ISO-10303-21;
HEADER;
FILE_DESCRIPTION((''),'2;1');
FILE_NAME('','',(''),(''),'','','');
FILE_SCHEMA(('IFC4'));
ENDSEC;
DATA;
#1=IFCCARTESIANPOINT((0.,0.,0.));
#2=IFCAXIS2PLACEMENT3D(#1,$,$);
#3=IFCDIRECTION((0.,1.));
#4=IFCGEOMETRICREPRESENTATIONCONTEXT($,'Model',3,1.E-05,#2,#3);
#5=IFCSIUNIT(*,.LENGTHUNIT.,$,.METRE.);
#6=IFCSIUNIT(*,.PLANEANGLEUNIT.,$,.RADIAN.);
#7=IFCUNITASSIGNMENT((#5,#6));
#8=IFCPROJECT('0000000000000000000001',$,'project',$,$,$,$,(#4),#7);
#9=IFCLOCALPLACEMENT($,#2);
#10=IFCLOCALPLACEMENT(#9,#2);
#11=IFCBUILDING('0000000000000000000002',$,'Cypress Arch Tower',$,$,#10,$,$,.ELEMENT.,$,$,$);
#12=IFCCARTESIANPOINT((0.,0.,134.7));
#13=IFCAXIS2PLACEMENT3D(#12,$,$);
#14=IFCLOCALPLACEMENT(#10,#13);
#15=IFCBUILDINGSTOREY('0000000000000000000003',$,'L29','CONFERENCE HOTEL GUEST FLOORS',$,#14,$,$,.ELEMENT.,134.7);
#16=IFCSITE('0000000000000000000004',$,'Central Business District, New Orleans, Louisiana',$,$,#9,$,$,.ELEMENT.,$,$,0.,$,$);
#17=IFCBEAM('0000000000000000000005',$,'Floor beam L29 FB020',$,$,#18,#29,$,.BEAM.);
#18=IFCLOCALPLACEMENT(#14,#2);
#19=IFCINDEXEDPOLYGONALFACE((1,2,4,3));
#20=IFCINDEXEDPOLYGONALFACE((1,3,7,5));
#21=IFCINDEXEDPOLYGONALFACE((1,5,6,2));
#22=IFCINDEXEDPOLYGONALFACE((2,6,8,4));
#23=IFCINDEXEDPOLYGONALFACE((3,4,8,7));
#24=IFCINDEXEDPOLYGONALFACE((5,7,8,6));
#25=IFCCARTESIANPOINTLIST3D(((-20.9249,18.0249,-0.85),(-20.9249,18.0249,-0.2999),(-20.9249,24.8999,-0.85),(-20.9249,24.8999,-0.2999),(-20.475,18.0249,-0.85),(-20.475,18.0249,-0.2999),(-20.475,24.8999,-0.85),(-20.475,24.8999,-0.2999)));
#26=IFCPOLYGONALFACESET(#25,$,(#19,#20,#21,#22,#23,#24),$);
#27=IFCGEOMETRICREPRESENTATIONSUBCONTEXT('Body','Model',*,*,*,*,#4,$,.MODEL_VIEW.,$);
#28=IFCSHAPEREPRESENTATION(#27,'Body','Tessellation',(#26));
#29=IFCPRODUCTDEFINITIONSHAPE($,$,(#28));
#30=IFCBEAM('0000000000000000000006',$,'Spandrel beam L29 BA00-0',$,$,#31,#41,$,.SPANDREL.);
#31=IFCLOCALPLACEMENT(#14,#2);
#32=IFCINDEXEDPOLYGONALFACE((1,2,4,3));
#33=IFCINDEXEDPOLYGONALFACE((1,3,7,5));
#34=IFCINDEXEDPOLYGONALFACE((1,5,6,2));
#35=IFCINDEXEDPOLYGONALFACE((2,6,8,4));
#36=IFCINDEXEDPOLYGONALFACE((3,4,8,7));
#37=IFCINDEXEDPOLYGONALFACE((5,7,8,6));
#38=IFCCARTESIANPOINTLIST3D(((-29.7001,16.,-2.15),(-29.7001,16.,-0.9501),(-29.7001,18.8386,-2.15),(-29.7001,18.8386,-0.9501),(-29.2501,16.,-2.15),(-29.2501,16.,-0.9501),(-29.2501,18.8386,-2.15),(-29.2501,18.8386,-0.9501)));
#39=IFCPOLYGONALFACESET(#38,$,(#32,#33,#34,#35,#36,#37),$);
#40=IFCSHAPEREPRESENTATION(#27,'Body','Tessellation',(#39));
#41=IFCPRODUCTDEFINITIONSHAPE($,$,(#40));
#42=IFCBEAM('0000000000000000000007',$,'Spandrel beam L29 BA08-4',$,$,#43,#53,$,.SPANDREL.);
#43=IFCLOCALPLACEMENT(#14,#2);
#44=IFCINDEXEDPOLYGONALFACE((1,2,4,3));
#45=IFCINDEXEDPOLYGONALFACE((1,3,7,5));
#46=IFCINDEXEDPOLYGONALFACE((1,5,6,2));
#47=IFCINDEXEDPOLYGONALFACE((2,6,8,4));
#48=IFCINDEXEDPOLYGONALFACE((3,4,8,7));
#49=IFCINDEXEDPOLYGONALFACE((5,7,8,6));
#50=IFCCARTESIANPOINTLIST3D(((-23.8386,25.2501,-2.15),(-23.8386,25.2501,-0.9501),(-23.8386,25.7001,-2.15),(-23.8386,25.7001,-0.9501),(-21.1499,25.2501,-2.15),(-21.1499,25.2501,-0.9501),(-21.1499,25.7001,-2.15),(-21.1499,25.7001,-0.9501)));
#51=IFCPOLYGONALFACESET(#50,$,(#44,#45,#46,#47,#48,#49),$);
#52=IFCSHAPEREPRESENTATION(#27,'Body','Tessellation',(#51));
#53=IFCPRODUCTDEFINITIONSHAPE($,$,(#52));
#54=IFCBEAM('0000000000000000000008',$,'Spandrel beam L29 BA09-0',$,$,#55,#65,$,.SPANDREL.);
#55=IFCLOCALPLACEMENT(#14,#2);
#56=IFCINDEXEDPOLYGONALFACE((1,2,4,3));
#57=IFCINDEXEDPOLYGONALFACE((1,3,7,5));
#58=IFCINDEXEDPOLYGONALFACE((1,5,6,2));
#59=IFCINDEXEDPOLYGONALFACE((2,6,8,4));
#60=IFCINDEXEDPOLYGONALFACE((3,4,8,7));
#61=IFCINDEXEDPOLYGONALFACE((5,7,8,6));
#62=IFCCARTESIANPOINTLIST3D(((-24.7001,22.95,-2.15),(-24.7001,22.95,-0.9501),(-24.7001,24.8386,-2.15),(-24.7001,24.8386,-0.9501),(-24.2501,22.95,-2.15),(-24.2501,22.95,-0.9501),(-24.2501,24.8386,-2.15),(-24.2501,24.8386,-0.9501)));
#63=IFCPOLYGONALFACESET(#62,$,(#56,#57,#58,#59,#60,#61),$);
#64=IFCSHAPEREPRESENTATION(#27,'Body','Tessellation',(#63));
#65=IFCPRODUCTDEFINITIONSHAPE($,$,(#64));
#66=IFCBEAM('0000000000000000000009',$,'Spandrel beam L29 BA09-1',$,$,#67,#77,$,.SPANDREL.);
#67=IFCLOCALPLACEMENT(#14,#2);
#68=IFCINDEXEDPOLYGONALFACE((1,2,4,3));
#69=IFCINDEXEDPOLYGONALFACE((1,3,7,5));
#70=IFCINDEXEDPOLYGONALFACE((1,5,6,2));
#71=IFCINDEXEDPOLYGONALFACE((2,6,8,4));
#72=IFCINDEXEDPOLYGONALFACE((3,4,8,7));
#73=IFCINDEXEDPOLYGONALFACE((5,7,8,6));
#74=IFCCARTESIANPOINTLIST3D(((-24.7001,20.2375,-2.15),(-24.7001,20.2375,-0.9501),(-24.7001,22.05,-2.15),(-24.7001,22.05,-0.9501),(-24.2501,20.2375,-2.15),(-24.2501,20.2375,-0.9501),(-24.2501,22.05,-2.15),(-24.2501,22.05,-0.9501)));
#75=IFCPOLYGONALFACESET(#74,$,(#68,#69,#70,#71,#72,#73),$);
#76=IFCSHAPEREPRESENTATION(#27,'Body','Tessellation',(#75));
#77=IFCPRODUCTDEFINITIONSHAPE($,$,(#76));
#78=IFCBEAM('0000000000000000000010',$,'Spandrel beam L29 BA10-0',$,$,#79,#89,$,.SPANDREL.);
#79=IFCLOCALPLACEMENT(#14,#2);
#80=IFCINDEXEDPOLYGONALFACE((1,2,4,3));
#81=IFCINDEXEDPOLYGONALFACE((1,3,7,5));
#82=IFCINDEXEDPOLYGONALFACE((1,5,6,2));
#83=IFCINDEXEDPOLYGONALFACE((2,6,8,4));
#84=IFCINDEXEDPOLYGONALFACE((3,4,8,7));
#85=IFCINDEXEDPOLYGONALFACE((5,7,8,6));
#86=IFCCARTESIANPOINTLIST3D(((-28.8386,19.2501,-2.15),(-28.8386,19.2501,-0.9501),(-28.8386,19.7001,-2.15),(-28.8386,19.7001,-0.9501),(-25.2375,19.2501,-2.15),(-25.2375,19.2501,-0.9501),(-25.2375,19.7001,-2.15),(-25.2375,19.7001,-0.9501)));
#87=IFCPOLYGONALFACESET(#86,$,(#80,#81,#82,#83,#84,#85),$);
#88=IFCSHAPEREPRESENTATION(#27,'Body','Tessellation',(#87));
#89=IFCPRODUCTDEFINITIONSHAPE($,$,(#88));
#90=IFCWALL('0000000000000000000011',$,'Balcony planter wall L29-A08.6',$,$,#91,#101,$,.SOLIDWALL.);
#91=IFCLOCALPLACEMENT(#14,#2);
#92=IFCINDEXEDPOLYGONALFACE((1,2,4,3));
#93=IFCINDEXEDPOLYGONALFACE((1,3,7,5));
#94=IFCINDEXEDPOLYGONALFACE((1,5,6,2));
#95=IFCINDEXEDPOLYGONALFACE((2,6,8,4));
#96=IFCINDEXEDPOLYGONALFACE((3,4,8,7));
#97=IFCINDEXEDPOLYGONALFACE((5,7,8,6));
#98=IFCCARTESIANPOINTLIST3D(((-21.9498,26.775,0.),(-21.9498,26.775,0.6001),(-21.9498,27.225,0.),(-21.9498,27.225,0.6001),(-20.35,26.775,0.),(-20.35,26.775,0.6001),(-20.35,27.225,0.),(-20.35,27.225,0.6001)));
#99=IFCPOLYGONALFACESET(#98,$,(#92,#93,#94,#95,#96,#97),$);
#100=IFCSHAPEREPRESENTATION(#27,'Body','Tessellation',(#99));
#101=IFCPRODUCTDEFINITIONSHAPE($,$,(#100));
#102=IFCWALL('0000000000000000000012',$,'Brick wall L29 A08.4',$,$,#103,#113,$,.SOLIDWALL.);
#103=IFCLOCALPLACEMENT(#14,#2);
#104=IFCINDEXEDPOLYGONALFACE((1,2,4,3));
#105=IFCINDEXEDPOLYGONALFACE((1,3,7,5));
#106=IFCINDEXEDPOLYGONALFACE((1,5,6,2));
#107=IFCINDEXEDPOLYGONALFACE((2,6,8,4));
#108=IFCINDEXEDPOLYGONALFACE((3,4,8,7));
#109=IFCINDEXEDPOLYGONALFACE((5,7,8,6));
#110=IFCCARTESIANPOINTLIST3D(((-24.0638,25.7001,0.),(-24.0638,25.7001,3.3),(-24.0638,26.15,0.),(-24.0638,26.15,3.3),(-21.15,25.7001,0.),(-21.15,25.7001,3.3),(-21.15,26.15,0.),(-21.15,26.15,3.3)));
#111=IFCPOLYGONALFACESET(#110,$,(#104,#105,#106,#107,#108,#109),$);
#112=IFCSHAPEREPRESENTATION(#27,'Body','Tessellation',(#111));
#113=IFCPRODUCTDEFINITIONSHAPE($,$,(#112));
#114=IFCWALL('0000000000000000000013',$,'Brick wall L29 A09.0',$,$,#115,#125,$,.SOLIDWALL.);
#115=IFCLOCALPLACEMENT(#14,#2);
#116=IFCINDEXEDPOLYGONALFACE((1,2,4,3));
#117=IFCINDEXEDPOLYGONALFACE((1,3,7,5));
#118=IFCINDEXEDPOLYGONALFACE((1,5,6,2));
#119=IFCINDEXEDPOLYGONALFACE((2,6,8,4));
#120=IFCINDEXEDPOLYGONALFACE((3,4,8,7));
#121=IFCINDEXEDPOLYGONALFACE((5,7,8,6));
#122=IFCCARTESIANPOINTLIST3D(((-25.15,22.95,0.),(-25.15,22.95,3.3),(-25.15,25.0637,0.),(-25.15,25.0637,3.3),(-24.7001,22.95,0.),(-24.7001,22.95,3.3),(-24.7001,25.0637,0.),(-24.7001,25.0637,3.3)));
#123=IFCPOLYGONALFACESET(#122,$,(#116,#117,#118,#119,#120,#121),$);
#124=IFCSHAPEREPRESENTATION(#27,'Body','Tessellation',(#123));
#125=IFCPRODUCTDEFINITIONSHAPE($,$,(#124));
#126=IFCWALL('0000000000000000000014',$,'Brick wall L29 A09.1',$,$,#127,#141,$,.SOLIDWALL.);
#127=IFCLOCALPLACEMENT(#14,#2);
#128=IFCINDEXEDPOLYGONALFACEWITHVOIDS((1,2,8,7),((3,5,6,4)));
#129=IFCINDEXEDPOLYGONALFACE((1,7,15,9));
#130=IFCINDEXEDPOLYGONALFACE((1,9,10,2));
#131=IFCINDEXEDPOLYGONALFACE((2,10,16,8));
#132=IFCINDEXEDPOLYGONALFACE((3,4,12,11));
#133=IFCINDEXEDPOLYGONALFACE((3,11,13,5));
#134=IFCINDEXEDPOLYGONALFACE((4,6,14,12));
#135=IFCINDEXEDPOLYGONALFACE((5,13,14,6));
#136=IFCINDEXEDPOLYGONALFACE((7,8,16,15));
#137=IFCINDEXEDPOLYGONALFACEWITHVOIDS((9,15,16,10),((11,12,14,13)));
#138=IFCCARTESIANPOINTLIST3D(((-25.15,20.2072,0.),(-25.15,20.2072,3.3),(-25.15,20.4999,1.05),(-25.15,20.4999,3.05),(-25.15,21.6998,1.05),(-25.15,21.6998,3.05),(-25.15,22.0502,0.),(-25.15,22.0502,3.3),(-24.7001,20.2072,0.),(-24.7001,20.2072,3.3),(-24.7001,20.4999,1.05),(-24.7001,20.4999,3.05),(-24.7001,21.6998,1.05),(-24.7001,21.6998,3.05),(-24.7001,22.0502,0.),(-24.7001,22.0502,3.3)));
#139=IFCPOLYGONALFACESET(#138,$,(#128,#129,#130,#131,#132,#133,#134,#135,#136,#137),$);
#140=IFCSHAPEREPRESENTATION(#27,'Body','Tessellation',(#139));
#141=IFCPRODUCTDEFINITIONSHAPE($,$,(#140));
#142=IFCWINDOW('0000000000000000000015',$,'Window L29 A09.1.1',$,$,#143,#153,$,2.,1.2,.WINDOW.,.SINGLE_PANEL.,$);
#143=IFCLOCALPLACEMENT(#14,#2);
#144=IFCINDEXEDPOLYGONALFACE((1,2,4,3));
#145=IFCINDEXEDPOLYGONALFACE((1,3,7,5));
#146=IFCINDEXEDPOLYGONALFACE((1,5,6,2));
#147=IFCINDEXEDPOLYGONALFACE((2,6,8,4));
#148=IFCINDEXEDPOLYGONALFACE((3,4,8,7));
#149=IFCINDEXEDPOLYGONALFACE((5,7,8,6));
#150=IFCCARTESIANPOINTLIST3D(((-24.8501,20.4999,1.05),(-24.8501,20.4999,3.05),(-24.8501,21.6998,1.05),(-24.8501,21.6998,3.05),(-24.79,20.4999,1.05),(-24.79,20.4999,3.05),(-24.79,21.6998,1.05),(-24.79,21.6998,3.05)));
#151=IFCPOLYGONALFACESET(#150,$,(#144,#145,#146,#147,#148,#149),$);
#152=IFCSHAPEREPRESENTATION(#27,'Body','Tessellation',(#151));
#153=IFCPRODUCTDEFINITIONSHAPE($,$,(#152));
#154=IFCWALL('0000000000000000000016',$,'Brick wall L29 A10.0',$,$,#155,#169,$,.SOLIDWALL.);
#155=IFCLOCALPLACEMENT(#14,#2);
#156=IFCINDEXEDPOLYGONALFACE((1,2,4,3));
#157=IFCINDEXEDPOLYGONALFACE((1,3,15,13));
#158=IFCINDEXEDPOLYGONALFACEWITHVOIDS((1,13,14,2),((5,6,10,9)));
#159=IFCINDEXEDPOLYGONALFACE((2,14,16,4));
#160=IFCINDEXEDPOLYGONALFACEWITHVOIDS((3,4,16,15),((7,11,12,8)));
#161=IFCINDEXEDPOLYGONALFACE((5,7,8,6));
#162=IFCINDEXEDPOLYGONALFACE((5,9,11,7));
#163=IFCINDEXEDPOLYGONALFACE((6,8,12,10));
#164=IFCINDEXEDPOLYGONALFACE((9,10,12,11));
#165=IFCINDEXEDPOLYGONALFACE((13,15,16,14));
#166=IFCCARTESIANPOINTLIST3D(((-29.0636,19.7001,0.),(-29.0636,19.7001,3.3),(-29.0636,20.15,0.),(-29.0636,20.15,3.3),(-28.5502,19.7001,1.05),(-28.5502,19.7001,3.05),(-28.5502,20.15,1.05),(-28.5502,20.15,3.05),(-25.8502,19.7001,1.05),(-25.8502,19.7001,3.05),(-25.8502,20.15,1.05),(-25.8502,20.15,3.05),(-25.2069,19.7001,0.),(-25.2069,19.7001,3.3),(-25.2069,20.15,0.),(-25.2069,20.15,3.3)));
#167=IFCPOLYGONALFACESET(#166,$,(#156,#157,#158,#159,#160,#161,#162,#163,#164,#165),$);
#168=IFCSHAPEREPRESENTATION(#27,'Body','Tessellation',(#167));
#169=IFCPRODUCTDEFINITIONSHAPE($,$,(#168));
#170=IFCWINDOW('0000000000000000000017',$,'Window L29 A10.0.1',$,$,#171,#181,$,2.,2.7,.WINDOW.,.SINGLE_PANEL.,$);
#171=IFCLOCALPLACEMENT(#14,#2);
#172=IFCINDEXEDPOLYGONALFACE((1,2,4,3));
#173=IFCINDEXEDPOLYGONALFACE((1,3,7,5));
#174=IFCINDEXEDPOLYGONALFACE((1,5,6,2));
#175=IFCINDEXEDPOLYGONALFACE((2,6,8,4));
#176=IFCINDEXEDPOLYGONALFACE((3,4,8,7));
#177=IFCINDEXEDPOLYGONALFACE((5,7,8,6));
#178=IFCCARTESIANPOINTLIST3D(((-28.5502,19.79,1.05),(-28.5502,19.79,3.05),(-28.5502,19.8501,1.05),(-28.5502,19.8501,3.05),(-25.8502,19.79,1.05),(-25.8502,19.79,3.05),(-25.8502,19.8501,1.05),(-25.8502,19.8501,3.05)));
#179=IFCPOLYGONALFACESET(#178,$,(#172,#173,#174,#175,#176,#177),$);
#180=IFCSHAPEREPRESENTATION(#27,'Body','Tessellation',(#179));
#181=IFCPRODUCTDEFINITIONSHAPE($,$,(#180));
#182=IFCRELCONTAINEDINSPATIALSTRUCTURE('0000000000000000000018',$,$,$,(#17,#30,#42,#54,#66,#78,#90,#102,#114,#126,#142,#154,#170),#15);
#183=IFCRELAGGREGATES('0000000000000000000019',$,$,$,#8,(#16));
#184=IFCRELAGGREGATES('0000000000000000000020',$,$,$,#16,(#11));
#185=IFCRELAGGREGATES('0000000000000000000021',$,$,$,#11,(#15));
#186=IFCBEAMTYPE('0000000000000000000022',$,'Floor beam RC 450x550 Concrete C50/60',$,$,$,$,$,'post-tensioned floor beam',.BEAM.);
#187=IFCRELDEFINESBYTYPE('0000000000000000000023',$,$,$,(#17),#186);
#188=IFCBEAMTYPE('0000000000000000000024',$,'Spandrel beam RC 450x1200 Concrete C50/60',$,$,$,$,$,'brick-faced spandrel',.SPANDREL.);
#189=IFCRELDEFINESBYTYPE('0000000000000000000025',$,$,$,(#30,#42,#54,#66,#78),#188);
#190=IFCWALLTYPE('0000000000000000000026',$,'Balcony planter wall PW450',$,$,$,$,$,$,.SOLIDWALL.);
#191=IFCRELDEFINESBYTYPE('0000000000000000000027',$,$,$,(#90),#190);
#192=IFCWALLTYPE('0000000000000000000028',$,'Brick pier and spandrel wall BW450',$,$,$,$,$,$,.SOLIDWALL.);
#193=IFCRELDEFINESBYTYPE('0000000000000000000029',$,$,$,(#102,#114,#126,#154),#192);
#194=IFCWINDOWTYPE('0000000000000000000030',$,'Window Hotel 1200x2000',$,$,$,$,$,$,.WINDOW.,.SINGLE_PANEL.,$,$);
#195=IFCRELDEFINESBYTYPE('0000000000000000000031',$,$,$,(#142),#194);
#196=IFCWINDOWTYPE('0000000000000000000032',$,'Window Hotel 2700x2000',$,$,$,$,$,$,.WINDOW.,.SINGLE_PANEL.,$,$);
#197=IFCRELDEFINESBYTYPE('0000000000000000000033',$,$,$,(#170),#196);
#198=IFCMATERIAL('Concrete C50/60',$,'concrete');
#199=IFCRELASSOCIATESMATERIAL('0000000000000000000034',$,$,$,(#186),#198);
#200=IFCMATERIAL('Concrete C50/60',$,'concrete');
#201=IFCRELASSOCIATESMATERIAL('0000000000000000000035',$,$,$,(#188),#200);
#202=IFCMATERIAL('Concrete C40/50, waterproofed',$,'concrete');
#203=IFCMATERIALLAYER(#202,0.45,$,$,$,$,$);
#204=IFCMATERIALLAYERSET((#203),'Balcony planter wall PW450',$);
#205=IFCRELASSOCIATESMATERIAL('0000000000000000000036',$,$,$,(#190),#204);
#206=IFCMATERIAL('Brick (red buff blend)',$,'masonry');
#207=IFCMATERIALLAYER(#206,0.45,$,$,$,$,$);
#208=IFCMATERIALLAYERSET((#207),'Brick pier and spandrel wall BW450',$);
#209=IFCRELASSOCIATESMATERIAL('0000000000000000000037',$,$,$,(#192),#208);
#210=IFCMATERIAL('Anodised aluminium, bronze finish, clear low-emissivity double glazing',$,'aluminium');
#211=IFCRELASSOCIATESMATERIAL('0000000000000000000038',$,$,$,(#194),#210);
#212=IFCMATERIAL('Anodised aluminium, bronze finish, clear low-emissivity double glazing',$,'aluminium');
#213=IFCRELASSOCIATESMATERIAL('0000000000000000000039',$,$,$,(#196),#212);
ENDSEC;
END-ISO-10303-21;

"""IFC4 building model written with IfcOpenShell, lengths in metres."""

from ifc_helpers import new_model, si_unit, direction, frame, frame_2d, origin, origin_2d, place, context, subcontext, project, spatial, rectangle, extrude, material, layer, layer_set, material_profile, profile_set, type_object, element, fill, save


model = new_model("IFC4")

# Units and contexts
model_context = context("Model", 3, precision=1e-05, world=origin(), true_north=direction((0.0, 1.0)))
body_context = subcontext(model_context, "Body", "Model", "MODEL_VIEW")
ifc_project = project(units=[si_unit("LENGTHUNIT", "METRE"), si_unit("PLANEANGLEUNIT", "RADIAN")], contexts=[model_context])

# Site, building, storey
site_placement = place(None, origin())
site = spatial("IfcSite", under=ifc_project, at=site_placement, Name="Central Business District, New Orleans, Louisiana", CompositionType="ELEMENT", RefElevation=0.0)
building_placement = place(site_placement, origin())
building = spatial("IfcBuilding", under=site, at=building_placement, Name="Cypress Arch Tower", CompositionType="ELEMENT")
storey_placement = place(building_placement, frame((0.0, 0.0, 134.7)))
storey = spatial("IfcBuildingStorey", under=building, at=storey_placement, Name="L29", Description="CONFERENCE HOTEL GUEST FLOORS", CompositionType="ELEMENT", Elevation=134.7)

# Beams
ifc_material_1 = material(Name="Concrete C50/60", Category="concrete")
ifc_material_profile_1 = material_profile(ifc_material_1, rectangle(XDim=0.45, YDim=0.55, at=origin_2d()), Name="RC 450x550")
ifc_profile_set_1 = profile_set([ifc_material_profile_1], Name="Concrete C50/60")
beam_type_1 = type_object("IfcBeamType", Name="Floor beam RC 450x550 Concrete C50/60", ElementType="post-tensioned floor beam", PredefinedType="BEAM", material=ifc_profile_set_1)
beam_1_placement = place(storey_placement, frame((-20.7, 18.0249, -0.575), z_axis=(0.0, 1.0, 0.0), x_axis=(-1.0, 0.0, 0.0)))
element("IfcBeam", 1, at=beam_1_placement, inside=storey, type_object=beam_type_1, Name="Floor beam L29 FB020", PredefinedType="BEAM", context=body_context, shape_type="SweptSolid", body=[
    extrude(rectangle(XDim=0.45, YDim=0.55, at=origin_2d()), origin(), (0.0, 0.0, 1.0), 6.875),
])
ifc_material_2 = material(Name="Concrete C50/60", Category="concrete")
ifc_material_profile_2 = material_profile(ifc_material_2, rectangle(XDim=0.45, YDim=1.2, at=origin_2d()), Name="RC 450x1200")
ifc_profile_set_2 = profile_set([ifc_material_profile_2], Name="Concrete C50/60")
beam_type_2 = type_object("IfcBeamType", Name="Spandrel beam RC 450x1200 Concrete C50/60", ElementType="brick-faced spandrel", PredefinedType="SPANDREL", material=ifc_profile_set_2)
beam_2_placement = place(storey_placement, frame((-29.4751, 18.8386, -1.55), z_axis=(0.0, -1.0, 0.0), x_axis=(1.0, 0.0, 0.0)))
element("IfcBeam", 2, at=beam_2_placement, inside=storey, type_object=beam_type_2, Name="Spandrel beam L29 BA00-0", PredefinedType="SPANDREL", context=body_context, shape_type="SweptSolid", body=[
    extrude(rectangle(XDim=0.45, YDim=1.2, at=origin_2d()), origin(), (0.0, 0.0, 1.0), 2.8386),
])
beam_3_placement = place(storey_placement, frame((-21.1499, 25.4751, -1.55), z_axis=(-1.0, 0.0, 0.0), x_axis=(0.0, -1.0, 0.0)))
element("IfcBeam", 3, at=beam_3_placement, inside=storey, type_object=beam_type_2, Name="Spandrel beam L29 BA08-4", PredefinedType="SPANDREL", context=body_context, shape_type="SweptSolid", body=[
    extrude(rectangle(XDim=0.45, YDim=1.2, at=origin_2d()), origin(), (0.0, 0.0, 1.0), 2.6887),
])
beam_4_placement = place(storey_placement, frame((-24.4751, 24.8386, -1.55), z_axis=(0.0, -1.0, 0.0), x_axis=(1.0, 0.0, 0.0)))
element("IfcBeam", 4, at=beam_4_placement, inside=storey, type_object=beam_type_2, Name="Spandrel beam L29 BA09-0", PredefinedType="SPANDREL", context=body_context, shape_type="SweptSolid", body=[
    extrude(rectangle(XDim=0.45, YDim=1.2, at=origin_2d()), origin(), (0.0, 0.0, 1.0), 1.8887),
])
beam_5_placement = place(storey_placement, frame((-24.4751, 22.05, -1.55), z_axis=(0.0, -1.0, 0.0), x_axis=(1.0, 0.0, 0.0)))
element("IfcBeam", 5, at=beam_5_placement, inside=storey, type_object=beam_type_2, Name="Spandrel beam L29 BA09-1", PredefinedType="SPANDREL", context=body_context, shape_type="SweptSolid", body=[
    extrude(rectangle(XDim=0.45, YDim=1.2, at=origin_2d()), origin(), (0.0, 0.0, 1.0), 1.8125),
])
beam_6_placement = place(storey_placement, frame((-25.2375, 19.4751, -1.55), z_axis=(-1.0, 0.0, 0.0), x_axis=(0.0, -1.0, 0.0)))
element("IfcBeam", 6, at=beam_6_placement, inside=storey, type_object=beam_type_2, Name="Spandrel beam L29 BA10-0", PredefinedType="SPANDREL", context=body_context, shape_type="SweptSolid", body=[
    extrude(rectangle(XDim=0.45, YDim=1.2, at=origin_2d()), origin(), (0.0, 0.0, 1.0), 3.6011),
])

# Wall
ifc_material_3 = material(Name="Concrete C40/50, waterproofed", Category="concrete")
ifc_layer_1 = layer(ifc_material_3, 0.45)
ifc_layer_set_1 = layer_set([ifc_layer_1], Name="Balcony planter wall PW450")
wall_type_1 = type_object("IfcWallType", Name="Balcony planter wall PW450", PredefinedType="SOLIDWALL", material=ifc_layer_set_1)
wall_1_placement = place(storey_placement, frame((-20.3501, 27.0, 0.0), z_axis=(0.0, 0.0, 1.0), x_axis=(-1.0, 0.0, 0.0)))
element("IfcWall", 7, at=wall_1_placement, inside=storey, type_object=wall_type_1, Name="Balcony planter wall L29-A08.6", PredefinedType="SOLIDWALL", context=body_context, shape_type="SweptSolid", body=[
    extrude(rectangle(XDim=1.5999, YDim=0.45, at=frame_2d((0.7998, 0.0))), origin(), (0.0, 0.0, 1.0), 0.6001),
])

# Shared definitions
ifc_material_4 = material(Name="Brick (red buff blend)", Category="masonry")
ifc_layer_2 = layer(ifc_material_4, 0.45)
ifc_layer_set_2 = layer_set([ifc_layer_2], Name="Brick pier and spandrel wall BW450")
wall_type_2 = type_object("IfcWallType", Name="Brick pier and spandrel wall BW450", PredefinedType="SOLIDWALL", material=ifc_layer_set_2)

# Walls
wall_2_placement = place(storey_placement, frame((-21.1499, 25.925, 0.0), z_axis=(0.0, 0.0, 1.0), x_axis=(-1.0, 0.0, 0.0)))
element("IfcWall", 8, at=wall_2_placement, inside=storey, type_object=wall_type_2, Name="Brick wall L29 A08.4", PredefinedType="SOLIDWALL", context=body_context, shape_type="SweptSolid", body=[
    extrude(rectangle(XDim=2.9138, YDim=0.45, at=frame_2d((1.457, 0.0))), origin(), (0.0, 0.0, 1.0), 3.3),
])
wall_3_placement = place(storey_placement, frame((-24.925, 25.0637, 0.0), z_axis=(0.0, 0.0, 1.0), x_axis=(0.0, -1.0, 0.0)))
element("IfcWall", 9, at=wall_3_placement, inside=storey, type_object=wall_type_2, Name="Brick wall L29 A09.0", PredefinedType="SOLIDWALL", context=body_context, shape_type="SweptSolid", body=[
    extrude(rectangle(XDim=2.1138, YDim=0.45, at=frame_2d((1.0569, 0.0))), origin(), (0.0, 0.0, 1.0), 3.3),
])

# Walls, openings, windows
wall_4_placement = place(storey_placement, frame((-24.925, 22.05, 0.0), z_axis=(0.0, 0.0, 1.0), x_axis=(0.0, -1.0, 0.0)))
wall_4 = element("IfcWall", 10, at=wall_4_placement, inside=storey, type_object=wall_type_2, Name="Brick wall L29 A09.1", PredefinedType="SOLIDWALL", context=body_context, shape_type="SweptSolid", body=[
    extrude(rectangle(XDim=1.843, YDim=0.45, at=frame_2d((0.9214, 0.0))), origin(), (0.0, 0.0, 1.0), 3.3),
])
opening_1_placement = place(wall_4_placement, frame((0.3501, 0.0, 1.05)))
opening_1 = element("IfcOpeningElement", 11, at=opening_1_placement, cuts=wall_4, PredefinedType="OPENING", context=body_context, shape_type="SweptSolid", body=[
    extrude(rectangle(XDim=1.2, YDim=2.0, at=frame_2d((0.6001, 1.0))), frame((0.0, 0.2349, 0.0), z_axis=(0.0, -1.0, 0.0), x_axis=(1.0, 0.0, 0.0)), (0.0, 0.0, 1.0), 0.47),
])
ifc_material_5 = material(Name="Anodised aluminium, bronze finish, clear low-emissivity double glazing", Category="aluminium")
window_type_1 = type_object("IfcWindowType", Name="Window Hotel 1200x2000", PartitioningType="SINGLE_PANEL", PredefinedType="WINDOW", material=ifc_material_5)
window_1_placement = place(opening_1_placement, origin())
window_1 = element("IfcWindow", 12, at=window_1_placement, inside=storey, type_object=window_type_1, Name="Window L29 A09.1.1", OverallHeight=2.0, OverallWidth=1.2, PartitioningType="SINGLE_PANEL", PredefinedType="WINDOW", context=body_context, shape_type="SweptSolid", body=[
    extrude(rectangle(XDim=1.2, YDim=2.0, at=frame_2d((0.6001, 1.0))), frame((0.0, 0.135, 0.0), z_axis=(0.0, -1.0, 0.0), x_axis=(1.0, 0.0, 0.0)), (0.0, 0.0, 1.0), 0.0601),
])
fill(opening_1, window_1)
wall_5_placement = place(storey_placement, frame((-25.207, 19.925, 0.0), z_axis=(0.0, 0.0, 1.0), x_axis=(-1.0, 0.0, 0.0)))
wall_5 = element("IfcWall", 13, at=wall_5_placement, inside=storey, type_object=wall_type_2, Name="Brick wall L29 A10.0", PredefinedType="SOLIDWALL", context=body_context, shape_type="SweptSolid", body=[
    extrude(rectangle(XDim=3.8567, YDim=0.45, at=frame_2d((1.9282, 0.0))), origin(), (0.0, 0.0, 1.0), 3.3),
])
opening_2_placement = place(wall_5_placement, frame((0.6431, 0.0, 1.05)))
opening_2 = element("IfcOpeningElement", 14, at=opening_2_placement, cuts=wall_5, PredefinedType="OPENING", context=body_context, shape_type="SweptSolid", body=[
    extrude(rectangle(XDim=2.7, YDim=2.0, at=frame_2d((1.3501, 1.0))), frame((0.0, 0.2349, 0.0), z_axis=(0.0, -1.0, 0.0), x_axis=(1.0, 0.0, 0.0)), (0.0, 0.0, 1.0), 0.47),
])
ifc_material_6 = material(Name="Anodised aluminium, bronze finish, clear low-emissivity double glazing", Category="aluminium")
window_type_2 = type_object("IfcWindowType", Name="Window Hotel 2700x2000", PartitioningType="SINGLE_PANEL", PredefinedType="WINDOW", material=ifc_material_6)
window_2_placement = place(opening_2_placement, origin())
window_2 = element("IfcWindow", 15, at=window_2_placement, inside=storey, type_object=window_type_2, Name="Window L29 A10.0.1", OverallHeight=2.0, OverallWidth=2.7, PartitioningType="SINGLE_PANEL", PredefinedType="WINDOW", context=body_context, shape_type="SweptSolid", body=[
    extrude(rectangle(XDim=2.7, YDim=2.0, at=frame_2d((1.3501, 1.0))), frame((0.0, 0.135, 0.0), z_axis=(0.0, -1.0, 0.0), x_axis=(1.0, 0.0, 0.0)), (0.0, 0.0, 1.0), 0.0601),
])
fill(opening_2, window_2)

save(model, "model.ifc")
